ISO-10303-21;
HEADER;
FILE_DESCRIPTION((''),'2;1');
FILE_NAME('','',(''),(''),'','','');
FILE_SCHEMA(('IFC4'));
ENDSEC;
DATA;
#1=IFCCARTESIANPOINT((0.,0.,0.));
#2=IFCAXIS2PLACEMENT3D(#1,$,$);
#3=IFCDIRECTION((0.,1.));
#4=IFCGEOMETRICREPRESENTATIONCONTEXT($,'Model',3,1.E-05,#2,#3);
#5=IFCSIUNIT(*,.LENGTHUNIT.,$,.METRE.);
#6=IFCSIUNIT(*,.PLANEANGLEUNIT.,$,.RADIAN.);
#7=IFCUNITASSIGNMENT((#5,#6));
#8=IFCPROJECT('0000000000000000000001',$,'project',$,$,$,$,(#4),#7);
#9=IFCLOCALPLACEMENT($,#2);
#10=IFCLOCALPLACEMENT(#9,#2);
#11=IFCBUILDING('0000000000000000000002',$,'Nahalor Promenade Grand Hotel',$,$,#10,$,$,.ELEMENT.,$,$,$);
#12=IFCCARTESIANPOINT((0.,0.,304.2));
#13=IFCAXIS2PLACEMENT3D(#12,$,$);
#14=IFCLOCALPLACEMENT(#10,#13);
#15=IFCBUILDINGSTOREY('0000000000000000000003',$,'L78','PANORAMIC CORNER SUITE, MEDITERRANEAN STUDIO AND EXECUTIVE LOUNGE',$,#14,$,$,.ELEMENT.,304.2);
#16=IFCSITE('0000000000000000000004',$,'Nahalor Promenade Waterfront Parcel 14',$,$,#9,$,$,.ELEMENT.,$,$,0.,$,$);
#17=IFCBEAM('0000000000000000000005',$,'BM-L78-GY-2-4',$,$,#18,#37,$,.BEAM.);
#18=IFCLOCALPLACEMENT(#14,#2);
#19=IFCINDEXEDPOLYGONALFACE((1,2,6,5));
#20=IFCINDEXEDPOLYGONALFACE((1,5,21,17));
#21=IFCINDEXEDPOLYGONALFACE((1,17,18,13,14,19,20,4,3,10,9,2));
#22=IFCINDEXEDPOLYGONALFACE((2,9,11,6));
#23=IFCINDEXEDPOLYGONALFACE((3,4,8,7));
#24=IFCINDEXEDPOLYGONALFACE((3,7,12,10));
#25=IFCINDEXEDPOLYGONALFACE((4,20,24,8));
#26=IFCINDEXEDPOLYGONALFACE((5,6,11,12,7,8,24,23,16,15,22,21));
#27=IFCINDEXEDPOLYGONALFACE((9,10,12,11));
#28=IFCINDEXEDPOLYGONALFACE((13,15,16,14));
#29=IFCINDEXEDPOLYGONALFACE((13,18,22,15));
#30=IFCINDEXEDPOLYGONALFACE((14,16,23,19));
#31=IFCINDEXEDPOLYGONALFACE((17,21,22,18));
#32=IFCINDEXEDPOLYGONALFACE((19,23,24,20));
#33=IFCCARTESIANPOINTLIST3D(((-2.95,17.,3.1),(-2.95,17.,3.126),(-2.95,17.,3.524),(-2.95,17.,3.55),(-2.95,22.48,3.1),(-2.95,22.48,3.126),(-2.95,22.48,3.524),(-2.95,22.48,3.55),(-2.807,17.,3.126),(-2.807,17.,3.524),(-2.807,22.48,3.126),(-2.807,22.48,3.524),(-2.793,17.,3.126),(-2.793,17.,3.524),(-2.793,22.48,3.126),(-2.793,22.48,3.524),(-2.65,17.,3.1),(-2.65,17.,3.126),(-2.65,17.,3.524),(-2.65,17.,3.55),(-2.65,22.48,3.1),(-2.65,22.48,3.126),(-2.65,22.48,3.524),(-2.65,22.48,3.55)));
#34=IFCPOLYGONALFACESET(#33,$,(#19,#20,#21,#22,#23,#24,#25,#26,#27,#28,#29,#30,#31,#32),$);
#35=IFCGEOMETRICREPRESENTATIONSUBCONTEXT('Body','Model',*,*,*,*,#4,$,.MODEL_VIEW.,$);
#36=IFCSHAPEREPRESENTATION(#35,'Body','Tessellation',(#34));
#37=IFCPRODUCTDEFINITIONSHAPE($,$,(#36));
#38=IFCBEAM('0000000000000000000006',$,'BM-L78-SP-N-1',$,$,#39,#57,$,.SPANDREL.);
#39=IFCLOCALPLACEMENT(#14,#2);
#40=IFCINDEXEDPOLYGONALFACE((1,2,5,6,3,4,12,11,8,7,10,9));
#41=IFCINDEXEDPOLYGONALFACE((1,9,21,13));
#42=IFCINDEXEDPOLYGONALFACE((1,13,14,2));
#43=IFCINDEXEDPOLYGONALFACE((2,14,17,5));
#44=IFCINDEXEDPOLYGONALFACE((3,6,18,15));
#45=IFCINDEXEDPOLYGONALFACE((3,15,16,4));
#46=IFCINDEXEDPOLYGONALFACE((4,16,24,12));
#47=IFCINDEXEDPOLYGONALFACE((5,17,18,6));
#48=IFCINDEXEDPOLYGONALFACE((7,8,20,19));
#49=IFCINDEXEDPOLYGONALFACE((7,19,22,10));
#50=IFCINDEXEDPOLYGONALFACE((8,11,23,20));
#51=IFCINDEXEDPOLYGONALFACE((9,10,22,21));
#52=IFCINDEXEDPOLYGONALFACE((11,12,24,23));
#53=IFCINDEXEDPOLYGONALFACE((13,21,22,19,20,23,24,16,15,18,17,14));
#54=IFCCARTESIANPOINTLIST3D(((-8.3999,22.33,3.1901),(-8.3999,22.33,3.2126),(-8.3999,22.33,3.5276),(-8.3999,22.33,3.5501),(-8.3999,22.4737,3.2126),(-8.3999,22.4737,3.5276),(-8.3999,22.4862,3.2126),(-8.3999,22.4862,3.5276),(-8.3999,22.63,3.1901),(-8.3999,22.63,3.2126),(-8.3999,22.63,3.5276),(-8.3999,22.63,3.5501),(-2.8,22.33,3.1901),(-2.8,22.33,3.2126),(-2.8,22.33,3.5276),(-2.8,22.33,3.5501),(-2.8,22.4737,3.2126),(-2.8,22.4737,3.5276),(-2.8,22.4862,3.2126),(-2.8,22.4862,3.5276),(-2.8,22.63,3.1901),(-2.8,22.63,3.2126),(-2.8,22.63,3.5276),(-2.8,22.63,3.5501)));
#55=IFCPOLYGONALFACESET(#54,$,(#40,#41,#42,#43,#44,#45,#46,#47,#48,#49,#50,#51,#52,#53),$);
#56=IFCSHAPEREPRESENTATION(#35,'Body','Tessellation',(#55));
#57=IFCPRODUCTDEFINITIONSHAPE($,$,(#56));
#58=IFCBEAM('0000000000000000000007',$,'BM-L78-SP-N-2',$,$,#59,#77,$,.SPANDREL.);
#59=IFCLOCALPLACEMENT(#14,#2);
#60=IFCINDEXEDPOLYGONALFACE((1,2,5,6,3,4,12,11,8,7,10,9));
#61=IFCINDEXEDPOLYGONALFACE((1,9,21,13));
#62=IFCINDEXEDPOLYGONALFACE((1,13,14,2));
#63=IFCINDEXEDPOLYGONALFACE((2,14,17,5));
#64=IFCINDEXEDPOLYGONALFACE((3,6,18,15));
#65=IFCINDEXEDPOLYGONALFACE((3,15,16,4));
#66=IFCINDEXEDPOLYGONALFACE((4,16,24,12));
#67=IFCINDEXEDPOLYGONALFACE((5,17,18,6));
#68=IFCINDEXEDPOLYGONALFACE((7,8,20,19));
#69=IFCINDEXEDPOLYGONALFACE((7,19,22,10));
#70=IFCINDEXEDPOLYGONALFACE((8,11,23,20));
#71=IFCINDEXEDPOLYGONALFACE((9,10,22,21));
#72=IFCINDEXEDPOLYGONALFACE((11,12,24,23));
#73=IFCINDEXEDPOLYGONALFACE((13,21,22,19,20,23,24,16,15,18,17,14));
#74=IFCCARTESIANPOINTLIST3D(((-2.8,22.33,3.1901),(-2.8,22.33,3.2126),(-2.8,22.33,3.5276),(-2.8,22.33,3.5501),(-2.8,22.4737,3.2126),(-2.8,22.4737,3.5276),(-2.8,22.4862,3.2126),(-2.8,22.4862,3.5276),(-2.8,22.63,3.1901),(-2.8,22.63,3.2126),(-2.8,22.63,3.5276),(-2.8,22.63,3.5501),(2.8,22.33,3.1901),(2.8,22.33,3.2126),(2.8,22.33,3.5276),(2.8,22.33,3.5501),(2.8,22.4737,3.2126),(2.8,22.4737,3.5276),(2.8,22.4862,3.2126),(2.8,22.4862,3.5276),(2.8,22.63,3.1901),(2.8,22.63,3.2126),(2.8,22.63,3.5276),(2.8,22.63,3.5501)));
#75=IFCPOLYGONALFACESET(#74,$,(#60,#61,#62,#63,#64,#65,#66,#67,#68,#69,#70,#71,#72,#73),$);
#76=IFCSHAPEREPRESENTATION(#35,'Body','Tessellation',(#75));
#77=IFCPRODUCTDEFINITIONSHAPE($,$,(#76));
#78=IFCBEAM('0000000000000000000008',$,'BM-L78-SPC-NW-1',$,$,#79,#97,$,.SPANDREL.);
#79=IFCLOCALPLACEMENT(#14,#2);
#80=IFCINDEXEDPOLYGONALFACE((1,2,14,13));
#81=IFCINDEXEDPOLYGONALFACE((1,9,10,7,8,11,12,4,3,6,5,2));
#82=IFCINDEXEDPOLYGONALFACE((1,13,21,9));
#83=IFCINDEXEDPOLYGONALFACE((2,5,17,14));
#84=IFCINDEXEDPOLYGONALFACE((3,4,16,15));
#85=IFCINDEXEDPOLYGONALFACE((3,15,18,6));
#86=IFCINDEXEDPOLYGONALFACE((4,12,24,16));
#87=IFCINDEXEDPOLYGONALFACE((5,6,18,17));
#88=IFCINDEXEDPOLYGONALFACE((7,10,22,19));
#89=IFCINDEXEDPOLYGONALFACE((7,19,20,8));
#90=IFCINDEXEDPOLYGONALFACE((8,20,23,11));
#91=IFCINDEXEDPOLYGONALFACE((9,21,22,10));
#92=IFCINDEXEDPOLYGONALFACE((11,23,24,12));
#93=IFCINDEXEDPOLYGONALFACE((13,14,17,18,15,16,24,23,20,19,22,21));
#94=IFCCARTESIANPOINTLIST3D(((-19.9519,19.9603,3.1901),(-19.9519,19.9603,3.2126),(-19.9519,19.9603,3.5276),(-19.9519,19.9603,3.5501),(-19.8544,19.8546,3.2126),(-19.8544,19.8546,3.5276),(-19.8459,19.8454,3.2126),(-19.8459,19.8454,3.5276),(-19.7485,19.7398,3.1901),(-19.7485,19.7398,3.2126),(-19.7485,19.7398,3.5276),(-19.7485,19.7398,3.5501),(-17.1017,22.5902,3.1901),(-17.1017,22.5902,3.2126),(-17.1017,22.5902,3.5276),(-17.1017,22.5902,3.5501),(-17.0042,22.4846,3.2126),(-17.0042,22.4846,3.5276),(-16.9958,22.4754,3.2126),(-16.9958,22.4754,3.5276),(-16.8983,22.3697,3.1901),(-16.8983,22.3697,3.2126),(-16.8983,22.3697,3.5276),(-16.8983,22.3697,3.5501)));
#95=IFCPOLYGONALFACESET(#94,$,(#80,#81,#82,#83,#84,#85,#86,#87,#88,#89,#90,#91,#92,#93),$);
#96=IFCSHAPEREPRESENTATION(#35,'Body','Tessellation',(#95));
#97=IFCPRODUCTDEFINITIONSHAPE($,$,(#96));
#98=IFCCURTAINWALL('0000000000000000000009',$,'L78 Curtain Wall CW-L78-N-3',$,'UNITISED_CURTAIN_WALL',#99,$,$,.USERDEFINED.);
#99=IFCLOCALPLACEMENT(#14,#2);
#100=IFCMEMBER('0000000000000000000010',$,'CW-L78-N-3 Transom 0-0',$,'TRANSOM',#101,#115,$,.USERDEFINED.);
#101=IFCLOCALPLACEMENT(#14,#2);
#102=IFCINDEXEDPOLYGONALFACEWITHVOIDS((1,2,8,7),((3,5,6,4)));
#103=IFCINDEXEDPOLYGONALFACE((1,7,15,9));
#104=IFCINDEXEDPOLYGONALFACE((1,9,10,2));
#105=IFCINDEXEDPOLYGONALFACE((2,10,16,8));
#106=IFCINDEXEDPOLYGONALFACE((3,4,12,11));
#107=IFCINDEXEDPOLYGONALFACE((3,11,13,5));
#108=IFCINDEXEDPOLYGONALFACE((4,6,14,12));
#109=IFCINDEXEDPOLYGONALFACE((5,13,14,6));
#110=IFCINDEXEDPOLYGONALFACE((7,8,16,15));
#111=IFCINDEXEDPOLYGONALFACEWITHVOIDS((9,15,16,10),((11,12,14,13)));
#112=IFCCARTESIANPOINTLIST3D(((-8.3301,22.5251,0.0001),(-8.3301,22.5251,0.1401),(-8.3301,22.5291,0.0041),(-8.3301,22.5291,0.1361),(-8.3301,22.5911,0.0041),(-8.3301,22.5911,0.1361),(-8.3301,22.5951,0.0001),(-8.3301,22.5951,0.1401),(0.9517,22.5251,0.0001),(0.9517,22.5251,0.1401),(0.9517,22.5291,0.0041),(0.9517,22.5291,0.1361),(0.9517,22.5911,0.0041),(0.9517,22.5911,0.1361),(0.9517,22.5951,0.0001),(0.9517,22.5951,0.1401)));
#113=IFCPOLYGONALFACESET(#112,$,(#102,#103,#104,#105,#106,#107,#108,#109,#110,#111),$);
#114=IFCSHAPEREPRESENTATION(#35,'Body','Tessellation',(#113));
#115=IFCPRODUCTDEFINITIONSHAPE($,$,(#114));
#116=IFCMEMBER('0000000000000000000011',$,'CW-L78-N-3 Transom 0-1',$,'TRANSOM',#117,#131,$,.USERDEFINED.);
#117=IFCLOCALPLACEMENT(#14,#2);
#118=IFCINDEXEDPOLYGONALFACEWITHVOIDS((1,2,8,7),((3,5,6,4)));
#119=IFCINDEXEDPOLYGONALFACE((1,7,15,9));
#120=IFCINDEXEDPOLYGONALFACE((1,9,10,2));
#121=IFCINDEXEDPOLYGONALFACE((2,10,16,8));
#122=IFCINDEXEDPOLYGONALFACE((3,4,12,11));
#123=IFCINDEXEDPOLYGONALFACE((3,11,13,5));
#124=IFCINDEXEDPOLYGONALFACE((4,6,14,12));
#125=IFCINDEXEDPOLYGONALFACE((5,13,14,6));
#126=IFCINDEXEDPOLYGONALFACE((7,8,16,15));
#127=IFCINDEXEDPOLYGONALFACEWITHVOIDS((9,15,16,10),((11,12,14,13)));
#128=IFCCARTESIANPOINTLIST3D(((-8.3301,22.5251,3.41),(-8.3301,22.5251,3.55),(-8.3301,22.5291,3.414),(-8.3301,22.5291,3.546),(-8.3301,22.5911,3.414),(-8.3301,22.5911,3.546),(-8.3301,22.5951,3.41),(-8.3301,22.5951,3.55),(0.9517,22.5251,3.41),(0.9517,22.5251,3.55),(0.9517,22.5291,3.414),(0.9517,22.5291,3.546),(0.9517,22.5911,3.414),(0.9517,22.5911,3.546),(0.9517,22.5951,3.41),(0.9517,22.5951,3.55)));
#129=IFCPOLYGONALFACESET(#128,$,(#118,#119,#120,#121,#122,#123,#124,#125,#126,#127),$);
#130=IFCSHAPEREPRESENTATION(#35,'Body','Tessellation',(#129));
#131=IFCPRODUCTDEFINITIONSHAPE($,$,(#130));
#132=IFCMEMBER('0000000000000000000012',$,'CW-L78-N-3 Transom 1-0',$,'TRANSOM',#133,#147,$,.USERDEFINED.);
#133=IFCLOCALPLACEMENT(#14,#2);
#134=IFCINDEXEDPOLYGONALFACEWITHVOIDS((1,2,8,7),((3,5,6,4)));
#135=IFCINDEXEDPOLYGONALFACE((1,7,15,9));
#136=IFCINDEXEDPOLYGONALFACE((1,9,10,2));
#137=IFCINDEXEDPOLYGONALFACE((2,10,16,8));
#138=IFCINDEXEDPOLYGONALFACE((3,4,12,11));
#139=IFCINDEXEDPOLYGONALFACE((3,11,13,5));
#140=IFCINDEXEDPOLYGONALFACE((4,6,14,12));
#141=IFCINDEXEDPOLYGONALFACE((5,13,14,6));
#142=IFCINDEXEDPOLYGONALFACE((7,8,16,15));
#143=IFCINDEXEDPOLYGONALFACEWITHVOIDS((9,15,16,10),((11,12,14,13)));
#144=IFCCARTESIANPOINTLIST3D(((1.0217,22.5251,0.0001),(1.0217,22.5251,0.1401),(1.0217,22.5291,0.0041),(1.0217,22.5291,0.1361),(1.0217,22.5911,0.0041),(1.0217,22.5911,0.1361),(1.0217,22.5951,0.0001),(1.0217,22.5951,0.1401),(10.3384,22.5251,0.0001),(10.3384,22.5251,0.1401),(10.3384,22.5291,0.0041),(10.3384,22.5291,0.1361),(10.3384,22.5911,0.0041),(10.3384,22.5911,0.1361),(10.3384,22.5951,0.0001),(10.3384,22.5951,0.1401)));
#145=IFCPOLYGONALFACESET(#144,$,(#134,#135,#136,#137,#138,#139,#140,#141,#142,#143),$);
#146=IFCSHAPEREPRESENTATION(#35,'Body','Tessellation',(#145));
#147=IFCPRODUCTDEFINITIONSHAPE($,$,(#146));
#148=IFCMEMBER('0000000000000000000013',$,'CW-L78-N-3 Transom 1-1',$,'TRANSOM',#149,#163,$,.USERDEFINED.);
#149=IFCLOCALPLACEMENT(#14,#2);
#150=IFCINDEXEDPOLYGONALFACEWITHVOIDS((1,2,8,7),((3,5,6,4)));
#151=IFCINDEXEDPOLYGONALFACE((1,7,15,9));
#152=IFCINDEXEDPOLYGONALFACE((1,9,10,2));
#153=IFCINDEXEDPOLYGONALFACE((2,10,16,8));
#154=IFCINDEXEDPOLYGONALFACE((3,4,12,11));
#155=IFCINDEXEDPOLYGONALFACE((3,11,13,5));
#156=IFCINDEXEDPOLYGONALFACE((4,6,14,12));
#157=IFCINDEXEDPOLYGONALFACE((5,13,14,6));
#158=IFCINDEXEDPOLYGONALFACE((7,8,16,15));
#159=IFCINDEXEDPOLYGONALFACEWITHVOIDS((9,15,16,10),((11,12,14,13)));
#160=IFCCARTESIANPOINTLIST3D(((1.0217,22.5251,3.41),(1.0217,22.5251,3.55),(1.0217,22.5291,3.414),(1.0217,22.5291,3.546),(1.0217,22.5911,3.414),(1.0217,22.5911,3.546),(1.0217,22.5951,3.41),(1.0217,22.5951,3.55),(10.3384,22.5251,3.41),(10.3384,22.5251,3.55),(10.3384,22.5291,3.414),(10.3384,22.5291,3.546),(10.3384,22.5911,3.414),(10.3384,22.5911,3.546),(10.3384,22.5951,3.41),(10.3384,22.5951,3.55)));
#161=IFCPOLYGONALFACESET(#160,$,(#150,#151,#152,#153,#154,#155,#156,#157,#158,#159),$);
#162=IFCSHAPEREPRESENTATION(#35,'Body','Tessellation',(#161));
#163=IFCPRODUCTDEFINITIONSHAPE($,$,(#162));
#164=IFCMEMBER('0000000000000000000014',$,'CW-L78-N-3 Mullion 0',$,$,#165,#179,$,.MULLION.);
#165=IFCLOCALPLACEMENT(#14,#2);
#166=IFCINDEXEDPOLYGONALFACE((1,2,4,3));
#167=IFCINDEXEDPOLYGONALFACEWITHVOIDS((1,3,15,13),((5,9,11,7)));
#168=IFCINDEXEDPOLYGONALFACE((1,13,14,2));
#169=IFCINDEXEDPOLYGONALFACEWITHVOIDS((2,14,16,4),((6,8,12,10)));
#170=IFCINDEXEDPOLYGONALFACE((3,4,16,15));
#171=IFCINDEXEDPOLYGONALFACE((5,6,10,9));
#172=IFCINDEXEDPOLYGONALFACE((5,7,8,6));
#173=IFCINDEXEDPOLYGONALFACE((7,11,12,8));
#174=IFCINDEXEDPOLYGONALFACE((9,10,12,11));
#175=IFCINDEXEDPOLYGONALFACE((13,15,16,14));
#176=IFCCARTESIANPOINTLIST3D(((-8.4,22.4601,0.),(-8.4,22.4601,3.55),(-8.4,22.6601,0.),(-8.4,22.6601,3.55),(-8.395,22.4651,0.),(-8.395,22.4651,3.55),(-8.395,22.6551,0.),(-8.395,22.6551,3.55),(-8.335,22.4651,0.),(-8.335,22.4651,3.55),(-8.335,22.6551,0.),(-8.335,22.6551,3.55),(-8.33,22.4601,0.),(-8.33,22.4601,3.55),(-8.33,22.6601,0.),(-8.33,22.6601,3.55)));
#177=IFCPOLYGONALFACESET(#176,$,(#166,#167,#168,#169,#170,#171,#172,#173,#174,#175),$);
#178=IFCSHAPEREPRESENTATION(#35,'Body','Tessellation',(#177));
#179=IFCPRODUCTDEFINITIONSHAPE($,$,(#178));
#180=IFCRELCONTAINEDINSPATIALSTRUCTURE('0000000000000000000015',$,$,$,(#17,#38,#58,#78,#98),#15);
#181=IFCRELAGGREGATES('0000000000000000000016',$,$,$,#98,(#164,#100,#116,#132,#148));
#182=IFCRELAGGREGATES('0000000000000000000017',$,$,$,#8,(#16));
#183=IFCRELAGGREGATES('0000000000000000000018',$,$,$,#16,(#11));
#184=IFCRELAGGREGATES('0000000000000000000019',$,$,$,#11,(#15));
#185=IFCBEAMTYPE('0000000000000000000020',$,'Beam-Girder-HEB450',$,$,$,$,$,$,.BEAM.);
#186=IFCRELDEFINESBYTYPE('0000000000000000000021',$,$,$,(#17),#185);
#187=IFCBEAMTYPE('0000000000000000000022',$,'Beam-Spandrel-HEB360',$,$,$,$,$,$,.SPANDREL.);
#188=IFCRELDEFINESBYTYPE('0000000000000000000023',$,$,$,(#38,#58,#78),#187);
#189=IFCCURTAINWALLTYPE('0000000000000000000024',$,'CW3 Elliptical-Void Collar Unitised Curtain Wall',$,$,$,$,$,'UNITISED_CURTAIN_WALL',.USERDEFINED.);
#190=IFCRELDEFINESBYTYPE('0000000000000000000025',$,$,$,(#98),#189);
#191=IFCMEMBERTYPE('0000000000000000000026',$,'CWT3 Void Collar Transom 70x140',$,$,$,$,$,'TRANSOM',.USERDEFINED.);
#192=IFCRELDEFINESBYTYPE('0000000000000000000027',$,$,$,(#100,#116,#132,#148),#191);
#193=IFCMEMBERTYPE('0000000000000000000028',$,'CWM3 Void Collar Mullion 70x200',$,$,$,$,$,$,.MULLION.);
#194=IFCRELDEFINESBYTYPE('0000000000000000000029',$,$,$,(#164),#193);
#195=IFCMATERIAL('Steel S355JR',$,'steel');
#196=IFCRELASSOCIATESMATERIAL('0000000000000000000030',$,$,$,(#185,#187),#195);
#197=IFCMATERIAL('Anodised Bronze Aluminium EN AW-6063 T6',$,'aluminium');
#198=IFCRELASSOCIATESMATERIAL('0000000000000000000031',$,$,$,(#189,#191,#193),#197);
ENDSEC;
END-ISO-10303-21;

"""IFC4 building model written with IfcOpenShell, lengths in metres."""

from ifc_helpers import new_model, si_unit, direction, frame, origin, origin_2d, place, context, subcontext, project, spatial, hollow_rectangle, i_section, extrude, source, transform, mapped, material, material_profile, profile_set, type_object, element, aggregate, save


model = new_model("IFC4")

# Units and contexts
model_context = context("Model", 3, precision=1e-05, world=origin(), true_north=direction((0.0, 1.0)))
body_context = subcontext(model_context, "Body", "Model", "MODEL_VIEW")
ifc_project = project(units=[si_unit("LENGTHUNIT", "METRE"), si_unit("PLANEANGLEUNIT", "RADIAN")], contexts=[model_context])

# Site, building, storey
site_placement = place(None, origin())
site = spatial("IfcSite", under=ifc_project, at=site_placement, Name="Nahalor Promenade Waterfront Parcel 14", CompositionType="ELEMENT", RefElevation=0.0)
building_placement = place(site_placement, origin())
building = spatial("IfcBuilding", under=site, at=building_placement, Name="Nahalor Promenade Grand Hotel", CompositionType="ELEMENT")
storey_placement = place(building_placement, frame((0.0, 0.0, 304.2)))
storey = spatial("IfcBuildingStorey", under=building, at=storey_placement, Name="L78", Description="PANORAMIC CORNER SUITE, MEDITERRANEAN STUDIO AND EXECUTIVE LOUNGE", CompositionType="ELEMENT", Elevation=304.2)

# Shared definitions
ifc_material_1 = material(Name="Steel S355JR", Category="steel")

# Beams
ifc_material_profile_1 = material_profile(ifc_material_1, i_section(OverallWidth=0.3, OverallDepth=0.45, WebThickness=0.014, FlangeThickness=0.026, at=origin_2d()), Name="HEB 450")
ifc_profile_set_1 = profile_set([ifc_material_profile_1], Name="Steel S355JR")
beam_type_1 = type_object("IfcBeamType", Name="Beam-Girder-HEB450", PredefinedType="BEAM", material=ifc_profile_set_1)
shared_shape_1 = source(origin(), body_context, "Body", "SweptSolid", [
    extrude(i_section(OverallWidth=0.3, OverallDepth=0.45, WebThickness=0.014, FlangeThickness=0.026, at=origin_2d()), origin(), (0.0, 0.0, 1.0), 5.48),
])
beam_1_placement = place(storey_placement, frame((-2.8, 17.0, 3.325), z_axis=(0.0, 1.0, 0.0), x_axis=(-1.0, 0.0, 0.0)))
element("IfcBeam", 1, at=beam_1_placement, inside=storey, type_object=beam_type_1, Name="BM-L78-GY-2-4", PredefinedType="BEAM", context=body_context, shape_type="MappedRepresentation", body=[
    mapped(shared_shape_1, transform((0.0, 0.0, 0.0), scale=1.0)),
])
ifc_material_profile_2 = material_profile(ifc_material_1, i_section(OverallWidth=0.3, OverallDepth=0.36, WebThickness=0.0125, FlangeThickness=0.0225, at=origin_2d()), Name="HEB 360")
ifc_profile_set_2 = profile_set([ifc_material_profile_2], Name="Steel S355JR")
beam_type_2 = type_object("IfcBeamType", Name="Beam-Spandrel-HEB360", PredefinedType="SPANDREL", material=ifc_profile_set_2)
shared_shape_2 = source(origin(), body_context, "Body", "SweptSolid", [
    extrude(i_section(OverallWidth=0.3, OverallDepth=0.36, WebThickness=0.0125, FlangeThickness=0.0225, at=origin_2d()), origin(), (0.0, 0.0, 1.0), 5.5999),
])
beam_2_placement = place(storey_placement, frame((-8.3999, 22.48, 3.3701), z_axis=(1.0, 0.0, 0.0), x_axis=(0.0, 1.0, 0.0)))
element("IfcBeam", 2, at=beam_2_placement, inside=storey, type_object=beam_type_2, Name="BM-L78-SP-N-1", PredefinedType="SPANDREL", context=body_context, shape_type="MappedRepresentation", body=[
    mapped(shared_shape_2, transform((0.0, 0.0, 0.0), scale=1.0)),
])
shared_shape_3 = source(origin(), body_context, "Body", "SweptSolid", [
    extrude(i_section(OverallWidth=0.3, OverallDepth=0.36, WebThickness=0.0125, FlangeThickness=0.0225, at=origin_2d()), origin(), (0.0, 0.0, 1.0), 5.6001),
])
beam_3_placement = place(storey_placement, frame((-2.8, 22.48, 3.3701), z_axis=(1.0, 0.0, 0.0), x_axis=(0.0, 1.0, 0.0)))
element("IfcBeam", 3, at=beam_3_placement, inside=storey, type_object=beam_type_2, Name="BM-L78-SP-N-2", PredefinedType="SPANDREL", context=body_context, shape_type="MappedRepresentation", body=[
    mapped(shared_shape_3, transform((0.0, 0.0, 0.0), scale=1.0)),
])
shared_shape_4 = source(origin(), body_context, "Body", "SweptSolid", [
    extrude(i_section(OverallWidth=0.3, OverallDepth=0.36, WebThickness=0.0125, FlangeThickness=0.0225, at=origin_2d()), origin(), (0.0, 0.0, 1.0), 3.8782),
])
beam_4_placement = place(storey_placement, frame((-17.0, 22.48, 3.3701), z_axis=(-0.734929, -0.678144, 0.0), x_axis=(0.678144, -0.734929, 0.0)))
element("IfcBeam", 4, at=beam_4_placement, inside=storey, type_object=beam_type_2, Name="BM-L78-SPC-NW-1", PredefinedType="SPANDREL", context=body_context, shape_type="MappedRepresentation", body=[
    mapped(shared_shape_4, transform((0.0, 0.0, 0.0), scale=1.0)),
])

# Curtain wall, members
ifc_material_2 = material(Name="Anodised Bronze Aluminium EN AW-6063 T6", Category="aluminium")
curtain_wall_type = type_object("IfcCurtainWallType", Name="CW3 Elliptical-Void Collar Unitised Curtain Wall", ElementType="UNITISED_CURTAIN_WALL", PredefinedType="USERDEFINED", material=ifc_material_2)
curtain_wall_placement = place(storey_placement, origin())
curtain_wall = element("IfcCurtainWall", 5, at=curtain_wall_placement, inside=storey, type_object=curtain_wall_type, Name="L78 Curtain Wall CW-L78-N-3", ObjectType="UNITISED_CURTAIN_WALL", PredefinedType="USERDEFINED")
ifc_material_profile_3 = material_profile(ifc_material_2, hollow_rectangle(XDim=0.07, YDim=0.14, WallThickness=0.004, at=origin_2d()), Name="CWT 70x140x4")
ifc_profile_set_3 = profile_set([ifc_material_profile_3], Name="Anodised Bronze Aluminium EN AW-6063 T6")
member_type_1 = type_object("IfcMemberType", Name="CWT3 Void Collar Transom 70x140", ElementType="TRANSOM", PredefinedType="USERDEFINED", material=ifc_profile_set_3)
shared_shape_5 = source(origin(), body_context, "Body", "SweptSolid", [
    extrude(hollow_rectangle(XDim=0.07, YDim=0.14, WallThickness=0.004, at=origin_2d()), origin(), (0.0, 0.0, 1.0), 9.2817),
])
member_1_placement = place(storey_placement, frame((-8.3301, 22.5601, 0.0701), z_axis=(1.0, 0.0, 0.0), x_axis=(0.0, 1.0, 0.0)))
member_1 = element("IfcMember", 6, at=member_1_placement, type_object=member_type_1, Name="CW-L78-N-3 Transom 0-0", ObjectType="TRANSOM", PredefinedType="USERDEFINED", context=body_context, shape_type="MappedRepresentation", body=[
    mapped(shared_shape_5, transform((0.0, 0.0, 0.0), scale=1.0)),
])
member_2_placement = place(storey_placement, frame((-8.3301, 22.5601, 3.48), z_axis=(1.0, 0.0, 0.0), x_axis=(0.0, 1.0, 0.0)))
member_2 = element("IfcMember", 7, at=member_2_placement, type_object=member_type_1, Name="CW-L78-N-3 Transom 0-1", ObjectType="TRANSOM", PredefinedType="USERDEFINED", context=body_context, shape_type="MappedRepresentation", body=[
    mapped(shared_shape_5, transform((0.0, 0.0, 0.0), scale=1.0)),
])
shared_shape_6 = source(origin(), body_context, "Body", "SweptSolid", [
    extrude(hollow_rectangle(XDim=0.07, YDim=0.14, WallThickness=0.004, at=origin_2d()), origin(), (0.0, 0.0, 1.0), 9.3167),
])
member_3_placement = place(storey_placement, frame((1.0217, 22.5601, 0.0701), z_axis=(1.0, 0.0, 0.0), x_axis=(0.0, 1.0, 0.0)))
member_3 = element("IfcMember", 8, at=member_3_placement, type_object=member_type_1, Name="CW-L78-N-3 Transom 1-0", ObjectType="TRANSOM", PredefinedType="USERDEFINED", context=body_context, shape_type="MappedRepresentation", body=[
    mapped(shared_shape_6, transform((0.0, 0.0, 0.0), scale=1.0)),
])
member_4_placement = place(storey_placement, frame((1.0217, 22.5601, 3.48), z_axis=(1.0, 0.0, 0.0), x_axis=(0.0, 1.0, 0.0)))
member_4 = element("IfcMember", 9, at=member_4_placement, type_object=member_type_1, Name="CW-L78-N-3 Transom 1-1", ObjectType="TRANSOM", PredefinedType="USERDEFINED", context=body_context, shape_type="MappedRepresentation", body=[
    mapped(shared_shape_6, transform((0.0, 0.0, 0.0), scale=1.0)),
])
ifc_material_profile_4 = material_profile(ifc_material_2, hollow_rectangle(XDim=0.07, YDim=0.2, WallThickness=0.005, at=origin_2d()), Name="CWM 70x200x5")
ifc_profile_set_4 = profile_set([ifc_material_profile_4], Name="Anodised Bronze Aluminium EN AW-6063 T6")
member_type_2 = type_object("IfcMemberType", Name="CWM3 Void Collar Mullion 70x200", PredefinedType="MULLION", material=ifc_profile_set_4)
shared_shape_7 = source(origin(), body_context, "Body", "SweptSolid", [
    extrude(hollow_rectangle(XDim=0.07, YDim=0.2, WallThickness=0.005, at=origin_2d()), origin(), (0.0, 0.0, 1.0), 3.55),
])
member_5_placement = place(storey_placement, frame((-8.365, 22.5601, 0.0), z_axis=(0.0, 0.0, 1.0), x_axis=(1.0, 0.0, 0.0)))
member_5 = element("IfcMember", 10, at=member_5_placement, type_object=member_type_2, Name="CW-L78-N-3 Mullion 0", PredefinedType="MULLION", context=body_context, shape_type="MappedRepresentation", body=[
    mapped(shared_shape_7, transform((0.0, 0.0, 0.0), scale=1.0)),
])
aggregate(curtain_wall, [member_5, member_1, member_2, member_3, member_4])

save(model, "model.ifc")
